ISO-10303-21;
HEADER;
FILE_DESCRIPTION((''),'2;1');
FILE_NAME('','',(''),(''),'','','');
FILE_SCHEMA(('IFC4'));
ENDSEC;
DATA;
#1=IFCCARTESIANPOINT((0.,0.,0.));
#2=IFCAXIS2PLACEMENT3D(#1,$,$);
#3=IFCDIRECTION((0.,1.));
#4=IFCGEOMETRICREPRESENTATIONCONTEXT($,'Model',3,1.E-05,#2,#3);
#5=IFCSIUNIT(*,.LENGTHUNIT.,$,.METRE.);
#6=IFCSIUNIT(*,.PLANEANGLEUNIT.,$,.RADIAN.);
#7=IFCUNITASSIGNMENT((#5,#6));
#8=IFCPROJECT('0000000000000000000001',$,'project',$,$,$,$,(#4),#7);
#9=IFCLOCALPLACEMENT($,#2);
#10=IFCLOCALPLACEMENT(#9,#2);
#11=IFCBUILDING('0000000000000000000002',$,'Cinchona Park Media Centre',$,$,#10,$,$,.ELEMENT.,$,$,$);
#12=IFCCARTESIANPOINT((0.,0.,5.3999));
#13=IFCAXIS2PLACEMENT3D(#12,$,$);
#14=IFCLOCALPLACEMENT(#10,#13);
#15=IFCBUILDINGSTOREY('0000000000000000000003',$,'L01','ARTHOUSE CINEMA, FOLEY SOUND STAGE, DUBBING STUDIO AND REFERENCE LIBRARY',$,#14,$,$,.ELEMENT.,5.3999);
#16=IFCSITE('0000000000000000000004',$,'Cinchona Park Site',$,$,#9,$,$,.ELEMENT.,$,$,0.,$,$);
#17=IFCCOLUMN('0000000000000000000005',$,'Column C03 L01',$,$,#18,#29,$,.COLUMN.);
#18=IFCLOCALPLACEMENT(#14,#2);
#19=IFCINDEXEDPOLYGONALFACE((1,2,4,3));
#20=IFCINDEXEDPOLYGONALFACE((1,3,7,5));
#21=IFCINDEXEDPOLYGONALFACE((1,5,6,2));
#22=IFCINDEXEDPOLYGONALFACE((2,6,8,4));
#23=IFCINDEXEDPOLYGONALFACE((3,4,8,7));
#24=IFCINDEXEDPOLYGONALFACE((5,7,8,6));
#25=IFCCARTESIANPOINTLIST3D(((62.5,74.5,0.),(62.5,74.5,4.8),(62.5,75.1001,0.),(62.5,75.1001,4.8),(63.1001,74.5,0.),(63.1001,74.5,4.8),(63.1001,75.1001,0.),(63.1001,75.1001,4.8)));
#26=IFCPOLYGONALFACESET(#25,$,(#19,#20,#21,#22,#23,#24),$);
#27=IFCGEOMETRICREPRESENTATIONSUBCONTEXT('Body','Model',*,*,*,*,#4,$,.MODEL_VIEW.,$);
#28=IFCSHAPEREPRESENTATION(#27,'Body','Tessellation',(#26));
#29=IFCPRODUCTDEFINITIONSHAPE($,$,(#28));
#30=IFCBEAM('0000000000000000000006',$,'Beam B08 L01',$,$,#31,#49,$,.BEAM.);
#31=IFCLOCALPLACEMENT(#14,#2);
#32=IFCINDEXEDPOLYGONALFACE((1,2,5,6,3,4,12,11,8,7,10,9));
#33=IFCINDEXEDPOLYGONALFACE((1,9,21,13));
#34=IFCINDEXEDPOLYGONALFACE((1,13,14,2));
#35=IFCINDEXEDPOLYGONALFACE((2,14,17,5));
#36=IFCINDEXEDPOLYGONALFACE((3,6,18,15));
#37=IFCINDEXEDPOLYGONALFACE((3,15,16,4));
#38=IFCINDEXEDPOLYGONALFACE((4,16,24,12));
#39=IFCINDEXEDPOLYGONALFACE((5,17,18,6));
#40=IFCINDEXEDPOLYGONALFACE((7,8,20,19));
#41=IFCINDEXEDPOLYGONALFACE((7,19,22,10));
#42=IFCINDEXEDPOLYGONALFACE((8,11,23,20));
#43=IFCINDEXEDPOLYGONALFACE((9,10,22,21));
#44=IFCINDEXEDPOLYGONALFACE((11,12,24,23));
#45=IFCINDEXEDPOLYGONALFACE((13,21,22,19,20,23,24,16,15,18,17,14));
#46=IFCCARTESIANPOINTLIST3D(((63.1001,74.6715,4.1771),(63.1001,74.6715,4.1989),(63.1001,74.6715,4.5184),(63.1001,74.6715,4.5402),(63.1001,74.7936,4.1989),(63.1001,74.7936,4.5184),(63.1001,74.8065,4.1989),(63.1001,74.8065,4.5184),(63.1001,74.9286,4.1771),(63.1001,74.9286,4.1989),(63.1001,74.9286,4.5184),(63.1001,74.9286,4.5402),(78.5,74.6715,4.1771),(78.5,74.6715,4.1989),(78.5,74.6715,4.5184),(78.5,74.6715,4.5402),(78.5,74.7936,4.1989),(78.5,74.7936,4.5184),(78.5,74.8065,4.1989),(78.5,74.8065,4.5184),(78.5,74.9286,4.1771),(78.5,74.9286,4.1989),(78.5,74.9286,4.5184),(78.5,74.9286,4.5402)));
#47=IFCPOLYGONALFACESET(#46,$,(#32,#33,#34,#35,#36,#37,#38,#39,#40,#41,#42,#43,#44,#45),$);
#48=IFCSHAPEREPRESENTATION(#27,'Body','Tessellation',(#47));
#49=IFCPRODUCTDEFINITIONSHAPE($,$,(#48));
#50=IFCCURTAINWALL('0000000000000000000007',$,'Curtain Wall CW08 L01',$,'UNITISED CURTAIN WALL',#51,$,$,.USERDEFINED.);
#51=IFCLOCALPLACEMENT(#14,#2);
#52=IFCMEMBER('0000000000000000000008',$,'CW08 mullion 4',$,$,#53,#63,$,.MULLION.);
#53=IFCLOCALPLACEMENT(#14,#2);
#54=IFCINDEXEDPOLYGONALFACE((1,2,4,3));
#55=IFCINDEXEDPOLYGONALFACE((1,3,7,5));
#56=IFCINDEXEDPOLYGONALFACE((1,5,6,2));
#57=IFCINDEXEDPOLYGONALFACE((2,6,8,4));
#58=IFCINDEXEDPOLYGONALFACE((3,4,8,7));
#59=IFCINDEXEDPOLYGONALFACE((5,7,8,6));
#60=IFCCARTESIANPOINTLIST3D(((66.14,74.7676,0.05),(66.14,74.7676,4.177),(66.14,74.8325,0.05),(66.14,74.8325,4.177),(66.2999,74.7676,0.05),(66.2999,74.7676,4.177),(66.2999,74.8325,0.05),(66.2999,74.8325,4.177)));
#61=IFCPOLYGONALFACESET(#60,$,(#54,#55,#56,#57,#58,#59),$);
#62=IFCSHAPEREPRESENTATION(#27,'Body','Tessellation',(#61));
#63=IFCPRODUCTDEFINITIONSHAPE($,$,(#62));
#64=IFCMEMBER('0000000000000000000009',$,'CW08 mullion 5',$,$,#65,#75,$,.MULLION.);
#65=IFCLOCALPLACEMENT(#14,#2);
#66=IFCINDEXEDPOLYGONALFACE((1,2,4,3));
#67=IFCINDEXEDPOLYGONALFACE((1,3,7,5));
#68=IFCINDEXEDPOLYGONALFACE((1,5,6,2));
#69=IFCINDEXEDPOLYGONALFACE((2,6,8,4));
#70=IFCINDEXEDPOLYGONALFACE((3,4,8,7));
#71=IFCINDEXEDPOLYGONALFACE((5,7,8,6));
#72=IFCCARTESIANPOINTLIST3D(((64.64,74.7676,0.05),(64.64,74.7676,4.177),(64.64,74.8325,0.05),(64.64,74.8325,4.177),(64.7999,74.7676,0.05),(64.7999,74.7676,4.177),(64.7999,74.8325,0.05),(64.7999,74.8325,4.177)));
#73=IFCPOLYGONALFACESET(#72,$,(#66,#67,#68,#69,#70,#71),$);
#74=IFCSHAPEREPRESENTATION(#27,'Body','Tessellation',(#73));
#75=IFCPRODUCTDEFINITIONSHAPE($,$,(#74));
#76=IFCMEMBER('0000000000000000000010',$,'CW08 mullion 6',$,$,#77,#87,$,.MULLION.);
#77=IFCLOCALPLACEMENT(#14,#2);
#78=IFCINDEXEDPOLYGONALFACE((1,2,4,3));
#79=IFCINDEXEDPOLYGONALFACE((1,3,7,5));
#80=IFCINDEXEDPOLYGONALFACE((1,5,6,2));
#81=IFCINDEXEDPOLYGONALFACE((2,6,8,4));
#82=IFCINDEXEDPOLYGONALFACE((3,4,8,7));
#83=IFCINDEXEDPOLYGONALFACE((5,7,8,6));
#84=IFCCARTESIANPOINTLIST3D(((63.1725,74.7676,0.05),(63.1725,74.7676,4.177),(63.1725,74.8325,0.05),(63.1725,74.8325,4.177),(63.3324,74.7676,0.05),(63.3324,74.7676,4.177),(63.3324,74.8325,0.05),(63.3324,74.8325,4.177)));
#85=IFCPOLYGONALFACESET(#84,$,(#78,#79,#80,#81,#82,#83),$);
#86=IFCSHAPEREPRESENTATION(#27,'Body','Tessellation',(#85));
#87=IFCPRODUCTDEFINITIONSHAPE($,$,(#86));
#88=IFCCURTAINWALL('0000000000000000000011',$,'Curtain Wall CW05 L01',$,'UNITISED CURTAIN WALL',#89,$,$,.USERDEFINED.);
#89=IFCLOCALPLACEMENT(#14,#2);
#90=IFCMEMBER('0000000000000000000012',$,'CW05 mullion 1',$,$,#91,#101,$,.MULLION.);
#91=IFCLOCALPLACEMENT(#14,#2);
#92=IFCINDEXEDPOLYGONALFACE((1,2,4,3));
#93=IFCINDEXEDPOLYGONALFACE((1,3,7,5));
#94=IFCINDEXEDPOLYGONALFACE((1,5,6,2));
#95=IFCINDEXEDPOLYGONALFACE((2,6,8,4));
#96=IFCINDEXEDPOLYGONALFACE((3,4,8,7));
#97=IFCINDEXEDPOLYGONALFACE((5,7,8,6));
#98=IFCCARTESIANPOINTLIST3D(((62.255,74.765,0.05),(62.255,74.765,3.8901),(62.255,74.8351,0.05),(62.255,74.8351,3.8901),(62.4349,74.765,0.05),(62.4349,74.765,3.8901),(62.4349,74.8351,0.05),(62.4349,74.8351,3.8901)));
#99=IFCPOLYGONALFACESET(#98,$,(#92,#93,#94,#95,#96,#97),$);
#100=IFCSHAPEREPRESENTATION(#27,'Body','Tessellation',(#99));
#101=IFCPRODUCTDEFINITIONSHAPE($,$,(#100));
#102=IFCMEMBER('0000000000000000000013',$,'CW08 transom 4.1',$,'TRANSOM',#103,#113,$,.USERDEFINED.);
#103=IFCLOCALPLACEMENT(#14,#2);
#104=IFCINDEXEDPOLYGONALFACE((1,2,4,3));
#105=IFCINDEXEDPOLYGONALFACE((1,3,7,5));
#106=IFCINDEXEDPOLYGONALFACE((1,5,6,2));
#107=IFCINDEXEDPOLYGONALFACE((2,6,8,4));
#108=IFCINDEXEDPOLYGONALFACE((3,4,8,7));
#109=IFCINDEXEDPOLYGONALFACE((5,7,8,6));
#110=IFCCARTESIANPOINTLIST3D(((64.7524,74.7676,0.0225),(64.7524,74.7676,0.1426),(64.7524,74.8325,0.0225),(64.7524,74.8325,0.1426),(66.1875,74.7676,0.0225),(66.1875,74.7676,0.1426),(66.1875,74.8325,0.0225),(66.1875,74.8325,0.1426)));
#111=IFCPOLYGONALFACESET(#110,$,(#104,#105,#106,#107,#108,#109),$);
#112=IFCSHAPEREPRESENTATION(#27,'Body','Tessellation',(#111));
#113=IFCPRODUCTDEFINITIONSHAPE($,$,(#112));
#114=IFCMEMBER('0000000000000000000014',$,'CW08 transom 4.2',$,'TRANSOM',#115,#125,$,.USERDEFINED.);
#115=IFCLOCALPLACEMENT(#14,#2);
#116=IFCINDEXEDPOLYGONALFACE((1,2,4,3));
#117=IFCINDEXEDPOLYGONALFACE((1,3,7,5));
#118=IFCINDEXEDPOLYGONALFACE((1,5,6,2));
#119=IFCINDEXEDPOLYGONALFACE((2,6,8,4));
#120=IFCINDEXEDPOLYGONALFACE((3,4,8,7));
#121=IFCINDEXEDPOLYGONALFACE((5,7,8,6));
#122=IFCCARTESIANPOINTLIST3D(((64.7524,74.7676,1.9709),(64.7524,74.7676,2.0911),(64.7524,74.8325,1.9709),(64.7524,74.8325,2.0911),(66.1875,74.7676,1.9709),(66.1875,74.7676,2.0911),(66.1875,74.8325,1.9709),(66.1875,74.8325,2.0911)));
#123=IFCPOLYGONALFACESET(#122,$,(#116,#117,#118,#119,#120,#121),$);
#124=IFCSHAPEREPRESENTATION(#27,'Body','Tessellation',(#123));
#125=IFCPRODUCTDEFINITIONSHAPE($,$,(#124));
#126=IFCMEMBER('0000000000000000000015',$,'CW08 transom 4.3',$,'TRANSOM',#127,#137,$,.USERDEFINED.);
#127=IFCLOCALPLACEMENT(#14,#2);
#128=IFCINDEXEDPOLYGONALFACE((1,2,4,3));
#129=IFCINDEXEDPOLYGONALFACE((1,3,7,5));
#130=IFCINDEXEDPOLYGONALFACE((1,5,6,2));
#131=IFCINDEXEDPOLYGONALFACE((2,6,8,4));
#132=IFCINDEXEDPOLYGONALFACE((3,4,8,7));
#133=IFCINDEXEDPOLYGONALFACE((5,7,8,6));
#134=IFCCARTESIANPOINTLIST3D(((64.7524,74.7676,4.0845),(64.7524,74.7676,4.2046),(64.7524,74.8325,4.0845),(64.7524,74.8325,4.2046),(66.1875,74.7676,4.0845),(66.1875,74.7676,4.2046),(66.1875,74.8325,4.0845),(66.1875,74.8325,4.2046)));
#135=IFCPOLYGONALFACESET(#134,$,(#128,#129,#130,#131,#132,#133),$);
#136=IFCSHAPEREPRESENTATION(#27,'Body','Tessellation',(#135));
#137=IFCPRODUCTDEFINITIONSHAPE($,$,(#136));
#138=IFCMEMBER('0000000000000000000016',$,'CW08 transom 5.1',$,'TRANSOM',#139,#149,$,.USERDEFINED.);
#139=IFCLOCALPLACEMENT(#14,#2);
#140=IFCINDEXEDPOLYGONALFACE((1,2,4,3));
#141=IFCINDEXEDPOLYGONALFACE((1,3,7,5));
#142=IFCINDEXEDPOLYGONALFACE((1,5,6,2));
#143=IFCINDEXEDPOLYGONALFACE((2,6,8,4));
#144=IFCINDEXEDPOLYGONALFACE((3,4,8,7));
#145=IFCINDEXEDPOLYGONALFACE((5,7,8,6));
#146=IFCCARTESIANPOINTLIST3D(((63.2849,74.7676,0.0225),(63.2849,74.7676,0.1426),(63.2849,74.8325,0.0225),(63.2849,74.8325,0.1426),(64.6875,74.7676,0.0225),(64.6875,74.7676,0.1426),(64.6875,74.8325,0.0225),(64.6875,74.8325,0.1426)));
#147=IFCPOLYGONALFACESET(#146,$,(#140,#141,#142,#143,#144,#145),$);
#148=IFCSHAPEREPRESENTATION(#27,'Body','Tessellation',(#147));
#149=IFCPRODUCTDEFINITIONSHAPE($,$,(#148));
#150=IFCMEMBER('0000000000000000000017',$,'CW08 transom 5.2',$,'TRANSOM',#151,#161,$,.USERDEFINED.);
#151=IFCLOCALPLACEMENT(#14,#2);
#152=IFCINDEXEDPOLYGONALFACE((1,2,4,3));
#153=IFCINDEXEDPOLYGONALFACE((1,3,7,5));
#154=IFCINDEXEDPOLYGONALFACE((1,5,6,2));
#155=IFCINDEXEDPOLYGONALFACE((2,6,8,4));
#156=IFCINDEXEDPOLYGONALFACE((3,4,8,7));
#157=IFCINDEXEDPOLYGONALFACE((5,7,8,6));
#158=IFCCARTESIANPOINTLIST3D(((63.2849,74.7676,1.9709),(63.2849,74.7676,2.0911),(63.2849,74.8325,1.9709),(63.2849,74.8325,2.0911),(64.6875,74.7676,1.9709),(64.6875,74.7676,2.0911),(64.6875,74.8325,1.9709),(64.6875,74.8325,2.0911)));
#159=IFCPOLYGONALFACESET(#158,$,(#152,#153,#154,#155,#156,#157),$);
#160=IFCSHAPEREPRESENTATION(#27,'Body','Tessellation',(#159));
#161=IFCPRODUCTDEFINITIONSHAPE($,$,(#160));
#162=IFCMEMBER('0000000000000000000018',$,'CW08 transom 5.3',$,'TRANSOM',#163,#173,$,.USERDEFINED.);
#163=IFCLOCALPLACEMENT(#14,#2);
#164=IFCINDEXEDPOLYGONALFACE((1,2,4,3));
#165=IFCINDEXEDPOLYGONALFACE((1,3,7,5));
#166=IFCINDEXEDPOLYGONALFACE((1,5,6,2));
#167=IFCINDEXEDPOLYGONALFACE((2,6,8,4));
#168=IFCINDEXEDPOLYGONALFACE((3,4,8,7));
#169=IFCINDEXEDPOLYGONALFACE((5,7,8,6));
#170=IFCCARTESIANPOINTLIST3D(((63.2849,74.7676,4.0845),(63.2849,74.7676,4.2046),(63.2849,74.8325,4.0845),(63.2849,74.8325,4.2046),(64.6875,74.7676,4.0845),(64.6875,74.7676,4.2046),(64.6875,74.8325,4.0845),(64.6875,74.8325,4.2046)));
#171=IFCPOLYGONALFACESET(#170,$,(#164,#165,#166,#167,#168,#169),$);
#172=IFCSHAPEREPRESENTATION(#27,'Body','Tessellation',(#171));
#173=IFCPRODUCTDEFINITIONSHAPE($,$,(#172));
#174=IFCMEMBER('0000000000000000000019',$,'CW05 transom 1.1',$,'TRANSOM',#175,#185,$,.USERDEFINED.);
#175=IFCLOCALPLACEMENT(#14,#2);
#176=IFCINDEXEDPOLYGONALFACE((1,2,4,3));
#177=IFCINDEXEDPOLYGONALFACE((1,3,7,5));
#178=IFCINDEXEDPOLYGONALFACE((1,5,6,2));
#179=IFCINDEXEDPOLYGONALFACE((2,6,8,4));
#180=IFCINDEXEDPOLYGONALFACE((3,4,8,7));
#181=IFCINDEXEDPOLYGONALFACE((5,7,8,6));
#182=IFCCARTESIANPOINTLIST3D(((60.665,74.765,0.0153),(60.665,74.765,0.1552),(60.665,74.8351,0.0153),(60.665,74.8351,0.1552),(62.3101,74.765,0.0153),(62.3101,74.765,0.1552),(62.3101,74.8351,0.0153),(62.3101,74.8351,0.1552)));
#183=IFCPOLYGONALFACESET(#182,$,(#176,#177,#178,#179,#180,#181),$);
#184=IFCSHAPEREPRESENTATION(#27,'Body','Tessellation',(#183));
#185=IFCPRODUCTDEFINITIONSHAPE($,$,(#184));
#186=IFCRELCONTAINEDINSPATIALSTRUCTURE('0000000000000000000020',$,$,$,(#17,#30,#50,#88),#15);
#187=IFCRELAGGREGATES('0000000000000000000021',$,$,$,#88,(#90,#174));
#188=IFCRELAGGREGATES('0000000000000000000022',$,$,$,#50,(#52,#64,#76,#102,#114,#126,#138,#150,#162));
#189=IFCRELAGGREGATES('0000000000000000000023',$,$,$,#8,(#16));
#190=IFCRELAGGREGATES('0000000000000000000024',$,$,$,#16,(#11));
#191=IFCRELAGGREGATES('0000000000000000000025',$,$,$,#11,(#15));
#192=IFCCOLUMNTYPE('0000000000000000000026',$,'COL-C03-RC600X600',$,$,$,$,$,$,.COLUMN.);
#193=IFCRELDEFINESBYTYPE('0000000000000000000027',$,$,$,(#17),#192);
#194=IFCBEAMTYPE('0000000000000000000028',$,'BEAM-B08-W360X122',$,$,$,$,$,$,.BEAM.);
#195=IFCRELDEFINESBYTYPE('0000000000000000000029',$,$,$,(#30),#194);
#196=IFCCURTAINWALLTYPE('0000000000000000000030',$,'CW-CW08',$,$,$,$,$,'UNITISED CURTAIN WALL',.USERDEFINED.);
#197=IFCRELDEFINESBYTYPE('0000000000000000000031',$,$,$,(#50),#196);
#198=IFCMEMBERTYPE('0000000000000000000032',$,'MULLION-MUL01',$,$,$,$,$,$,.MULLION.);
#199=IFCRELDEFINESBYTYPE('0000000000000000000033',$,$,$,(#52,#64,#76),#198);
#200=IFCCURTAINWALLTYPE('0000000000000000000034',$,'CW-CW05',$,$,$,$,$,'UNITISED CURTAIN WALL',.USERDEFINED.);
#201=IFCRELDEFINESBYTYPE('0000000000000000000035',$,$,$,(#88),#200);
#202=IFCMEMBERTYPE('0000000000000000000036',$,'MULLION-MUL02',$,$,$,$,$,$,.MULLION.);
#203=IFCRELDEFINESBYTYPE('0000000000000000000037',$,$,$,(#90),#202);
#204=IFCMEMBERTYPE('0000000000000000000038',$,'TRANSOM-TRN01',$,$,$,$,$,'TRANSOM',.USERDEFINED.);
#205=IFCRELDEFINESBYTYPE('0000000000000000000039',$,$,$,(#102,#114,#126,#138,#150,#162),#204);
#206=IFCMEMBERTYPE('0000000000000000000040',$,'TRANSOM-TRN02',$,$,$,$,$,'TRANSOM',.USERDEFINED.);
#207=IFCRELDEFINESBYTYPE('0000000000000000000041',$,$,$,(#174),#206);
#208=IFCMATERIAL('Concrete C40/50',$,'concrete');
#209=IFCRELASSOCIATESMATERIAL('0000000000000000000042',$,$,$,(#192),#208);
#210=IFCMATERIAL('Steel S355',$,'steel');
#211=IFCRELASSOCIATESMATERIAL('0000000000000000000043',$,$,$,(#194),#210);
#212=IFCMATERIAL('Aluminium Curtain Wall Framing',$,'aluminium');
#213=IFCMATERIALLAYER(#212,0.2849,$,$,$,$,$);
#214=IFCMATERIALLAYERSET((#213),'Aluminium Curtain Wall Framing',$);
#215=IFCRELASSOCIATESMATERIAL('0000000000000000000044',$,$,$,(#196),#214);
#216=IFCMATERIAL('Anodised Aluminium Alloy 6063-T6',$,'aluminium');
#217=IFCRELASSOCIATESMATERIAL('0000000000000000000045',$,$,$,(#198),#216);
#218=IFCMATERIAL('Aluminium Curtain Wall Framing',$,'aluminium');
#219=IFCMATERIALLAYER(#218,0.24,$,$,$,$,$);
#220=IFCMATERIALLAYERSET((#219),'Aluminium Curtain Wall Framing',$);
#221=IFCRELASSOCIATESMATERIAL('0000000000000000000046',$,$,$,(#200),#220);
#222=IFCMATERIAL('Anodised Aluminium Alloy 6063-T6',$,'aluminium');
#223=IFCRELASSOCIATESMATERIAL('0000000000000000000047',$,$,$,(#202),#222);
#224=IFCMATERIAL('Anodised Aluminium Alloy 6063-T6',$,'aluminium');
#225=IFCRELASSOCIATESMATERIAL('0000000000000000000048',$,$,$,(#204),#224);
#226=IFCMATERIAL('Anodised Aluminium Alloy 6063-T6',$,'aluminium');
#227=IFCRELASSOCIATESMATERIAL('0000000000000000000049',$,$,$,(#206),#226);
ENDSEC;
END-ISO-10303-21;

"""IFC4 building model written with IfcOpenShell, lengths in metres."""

from ifc_helpers import new_model, si_unit, direction, frame, origin, origin_2d, place, context, subcontext, project, spatial, rectangle, i_section, extrude, material, layer, layer_set, material_profile, profile_set, type_object, element, aggregate, save


model = new_model("IFC4")

# Units and contexts
model_context = context("Model", 3, precision=1e-05, world=origin(), true_north=direction((0.0, 1.0)))
body_context = subcontext(model_context, "Body", "Model", "MODEL_VIEW")
ifc_project = project(units=[si_unit("LENGTHUNIT", "METRE"), si_unit("PLANEANGLEUNIT", "RADIAN")], contexts=[model_context])

# Site, building, storey
site_placement = place(None, origin())
site = spatial("IfcSite", under=ifc_project, at=site_placement, Name="Cinchona Park Site", CompositionType="ELEMENT", RefElevation=0.0)
building_placement = place(site_placement, origin())
building = spatial("IfcBuilding", under=site, at=building_placement, Name="Cinchona Park Media Centre", CompositionType="ELEMENT")
storey_placement = place(building_placement, frame((0.0, 0.0, 5.3999)))
storey = spatial("IfcBuildingStorey", under=building, at=storey_placement, Name="L01", Description="ARTHOUSE CINEMA, FOLEY SOUND STAGE, DUBBING STUDIO AND REFERENCE LIBRARY", CompositionType="ELEMENT", Elevation=5.3999)

# Column
ifc_material_1 = material(Name="Concrete C40/50", Category="concrete")
ifc_material_profile_1 = material_profile(ifc_material_1, rectangle(XDim=0.6001, YDim=0.6001, at=origin_2d()), Name="RC 600X600")
ifc_profile_set_1 = profile_set([ifc_material_profile_1], Name="Concrete C40/50")
column_type = type_object("IfcColumnType", Name="COL-C03-RC600X600", PredefinedType="COLUMN", material=ifc_profile_set_1)
column_placement = place(storey_placement, frame((62.8, 74.8, 0.0), z_axis=(0.0, 0.0, 1.0), x_axis=(1.0, 0.0, 0.0)))
element("IfcColumn", 1, at=column_placement, inside=storey, type_object=column_type, Name="Column C03 L01", PredefinedType="COLUMN", context=body_context, shape_type="SweptSolid", body=[
    extrude(rectangle(XDim=0.6001, YDim=0.6001, at=origin_2d()), origin(), (0.0, 0.0, 1.0), 4.8),
])

# Beam
ifc_material_2 = material(Name="Steel S355", Category="steel")
ifc_material_profile_2 = material_profile(ifc_material_2, i_section(OverallWidth=0.2571, OverallDepth=0.363, WebThickness=0.0129, FlangeThickness=0.0217, at=origin_2d()), Name="W360X122")
ifc_profile_set_2 = profile_set([ifc_material_profile_2], Name="Steel S355")
beam_type = type_object("IfcBeamType", Name="BEAM-B08-W360X122", PredefinedType="BEAM", material=ifc_profile_set_2)
beam_placement = place(storey_placement, frame((63.1001, 74.8, 4.3586), z_axis=(1.0, 0.0, 0.0), x_axis=(0.0, 1.0, 0.0)))
element("IfcBeam", 2, at=beam_placement, inside=storey, type_object=beam_type, Name="Beam B08 L01", PredefinedType="BEAM", context=body_context, shape_type="SweptSolid", body=[
    extrude(i_section(OverallWidth=0.2571, OverallDepth=0.363, WebThickness=0.0129, FlangeThickness=0.0217, at=origin_2d()), origin(), (0.0, 0.0, 1.0), 15.3999),
])

# Curtain wall, members
ifc_material_3 = material(Name="Aluminium Curtain Wall Framing", Category="aluminium")
ifc_layer_1 = layer(ifc_material_3, 0.2849)
ifc_layer_set_1 = layer_set([ifc_layer_1], Name="Aluminium Curtain Wall Framing")
curtain_wall_type_1 = type_object("IfcCurtainWallType", Name="CW-CW08", ElementType="UNITISED CURTAIN WALL", PredefinedType="USERDEFINED", material=ifc_layer_set_1)
curtain_wall_1_placement = place(storey_placement, origin())
curtain_wall_1 = element("IfcCurtainWall", 3, at=curtain_wall_1_placement, inside=storey, type_object=curtain_wall_type_1, Name="Curtain Wall CW08 L01", ObjectType="UNITISED CURTAIN WALL", PredefinedType="USERDEFINED")
ifc_material_4 = material(Name="Anodised Aluminium Alloy 6063-T6", Category="aluminium")
ifc_material_profile_3 = material_profile(ifc_material_4, rectangle(XDim=0.0649, YDim=0.1599, at=origin_2d()), Name="MUL-65X160")
ifc_profile_set_3 = profile_set([ifc_material_profile_3], Name="Anodised Aluminium Alloy 6063-T6")
member_type_1 = type_object("IfcMemberType", Name="MULLION-MUL01", PredefinedType="MULLION", material=ifc_profile_set_3)
member_1_placement = place(storey_placement, frame((66.22, 74.8, 0.05), z_axis=(0.0, 0.0, 1.0), x_axis=(0.0, -1.0, 0.0)))
member_1 = element("IfcMember", 4, at=member_1_placement, type_object=member_type_1, Name="CW08 mullion 4", PredefinedType="MULLION", context=body_context, shape_type="SweptSolid", body=[
    extrude(rectangle(XDim=0.0649, YDim=0.1599, at=origin_2d()), origin(), (0.0, 0.0, 1.0), 4.127),
])
member_2_placement = place(storey_placement, frame((64.72, 74.8, 0.05), z_axis=(0.0, 0.0, 1.0), x_axis=(0.0, -1.0, 0.0)))
member_2 = element("IfcMember", 5, at=member_2_placement, type_object=member_type_1, Name="CW08 mullion 5", PredefinedType="MULLION", context=body_context, shape_type="SweptSolid", body=[
    extrude(rectangle(XDim=0.0649, YDim=0.1599, at=origin_2d()), origin(), (0.0, 0.0, 1.0), 4.127),
])
member_3_placement = place(storey_placement, frame((63.2524, 74.8, 0.05), z_axis=(0.0, 0.0, 1.0), x_axis=(0.0, -1.0, 0.0)))
member_3 = element("IfcMember", 6, at=member_3_placement, type_object=member_type_1, Name="CW08 mullion 6", PredefinedType="MULLION", context=body_context, shape_type="SweptSolid", body=[
    extrude(rectangle(XDim=0.0649, YDim=0.1599, at=origin_2d()), origin(), (0.0, 0.0, 1.0), 4.127),
])

# Curtain wall, member
ifc_material_5 = material(Name="Aluminium Curtain Wall Framing", Category="aluminium")
ifc_layer_2 = layer(ifc_material_5, 0.24)
ifc_layer_set_2 = layer_set([ifc_layer_2], Name="Aluminium Curtain Wall Framing")
curtain_wall_type_2 = type_object("IfcCurtainWallType", Name="CW-CW05", ElementType="UNITISED CURTAIN WALL", PredefinedType="USERDEFINED", material=ifc_layer_set_2)
curtain_wall_2_placement = place(storey_placement, origin())
curtain_wall_2 = element("IfcCurtainWall", 7, at=curtain_wall_2_placement, inside=storey, type_object=curtain_wall_type_2, Name="Curtain Wall CW05 L01", ObjectType="UNITISED CURTAIN WALL", PredefinedType="USERDEFINED")
ifc_material_6 = material(Name="Anodised Aluminium Alloy 6063-T6", Category="aluminium")
ifc_material_profile_4 = material_profile(ifc_material_6, rectangle(XDim=0.0701, YDim=0.1799, at=origin_2d()), Name="MUL-70X180")
ifc_profile_set_4 = profile_set([ifc_material_profile_4], Name="Anodised Aluminium Alloy 6063-T6")
member_type_2 = type_object("IfcMemberType", Name="MULLION-MUL02", PredefinedType="MULLION", material=ifc_profile_set_4)
member_4_placement = place(storey_placement, frame((62.345, 74.8, 0.05), z_axis=(0.0, 0.0, 1.0), x_axis=(0.0, -1.0, 0.0)))
member_4 = element("IfcMember", 8, at=member_4_placement, type_object=member_type_2, Name="CW05 mullion 1", PredefinedType="MULLION", context=body_context, shape_type="SweptSolid", body=[
    extrude(rectangle(XDim=0.0701, YDim=0.1799, at=origin_2d()), origin(), (0.0, 0.0, 1.0), 3.8401),
])

# Members
ifc_material_7 = material(Name="Anodised Aluminium Alloy 6063-T6", Category="aluminium")
ifc_material_profile_5 = material_profile(ifc_material_7, rectangle(XDim=0.0649, YDim=0.1201, at=origin_2d()), Name="TRN-65X120")
ifc_profile_set_5 = profile_set([ifc_material_profile_5], Name="Anodised Aluminium Alloy 6063-T6")
member_type_3 = type_object("IfcMemberType", Name="TRANSOM-TRN01", ElementType="TRANSOM", PredefinedType="USERDEFINED", material=ifc_profile_set_5)
member_5_placement = place(storey_placement, frame((66.1875, 74.8, 0.0825), z_axis=(-1.0, 0.0, 0.0), x_axis=(0.0, -1.0, 0.0)))
member_5 = element("IfcMember", 9, at=member_5_placement, type_object=member_type_3, Name="CW08 transom 4.1", ObjectType="TRANSOM", PredefinedType="USERDEFINED", context=body_context, shape_type="SweptSolid", body=[
    extrude(rectangle(XDim=0.0649, YDim=0.1201, at=origin_2d()), origin(), (0.0, 0.0, 1.0), 1.4351),
])
member_6_placement = place(storey_placement, frame((66.1875, 74.8, 2.031), z_axis=(-1.0, 0.0, 0.0), x_axis=(0.0, -1.0, 0.0)))
member_6 = element("IfcMember", 10, at=member_6_placement, type_object=member_type_3, Name="CW08 transom 4.2", ObjectType="TRANSOM", PredefinedType="USERDEFINED", context=body_context, shape_type="SweptSolid", body=[
    extrude(rectangle(XDim=0.0649, YDim=0.1201, at=origin_2d()), origin(), (0.0, 0.0, 1.0), 1.4351),
])
member_7_placement = place(storey_placement, frame((66.1875, 74.8, 4.1445), z_axis=(-1.0, 0.0, 0.0), x_axis=(0.0, -1.0, 0.0)))
member_7 = element("IfcMember", 11, at=member_7_placement, type_object=member_type_3, Name="CW08 transom 4.3", ObjectType="TRANSOM", PredefinedType="USERDEFINED", context=body_context, shape_type="SweptSolid", body=[
    extrude(rectangle(XDim=0.0649, YDim=0.1201, at=origin_2d()), origin(), (0.0, 0.0, 1.0), 1.4351),
])
member_8_placement = place(storey_placement, frame((64.6875, 74.8, 0.0825), z_axis=(-1.0, 0.0, 0.0), x_axis=(0.0, -1.0, 0.0)))
member_8 = element("IfcMember", 12, at=member_8_placement, type_object=member_type_3, Name="CW08 transom 5.1", ObjectType="TRANSOM", PredefinedType="USERDEFINED", context=body_context, shape_type="SweptSolid", body=[
    extrude(rectangle(XDim=0.0649, YDim=0.1201, at=origin_2d()), origin(), (0.0, 0.0, 1.0), 1.4026),
])
member_9_placement = place(storey_placement, frame((64.6875, 74.8, 2.031), z_axis=(-1.0, 0.0, 0.0), x_axis=(0.0, -1.0, 0.0)))
member_9 = element("IfcMember", 13, at=member_9_placement, type_object=member_type_3, Name="CW08 transom 5.2", ObjectType="TRANSOM", PredefinedType="USERDEFINED", context=body_context, shape_type="SweptSolid", body=[
    extrude(rectangle(XDim=0.0649, YDim=0.1201, at=origin_2d()), origin(), (0.0, 0.0, 1.0), 1.4026),
])
member_10_placement = place(storey_placement, frame((64.6875, 74.8, 4.1445), z_axis=(-1.0, 0.0, 0.0), x_axis=(0.0, -1.0, 0.0)))
member_10 = element("IfcMember", 14, at=member_10_placement, type_object=member_type_3, Name="CW08 transom 5.3", ObjectType="TRANSOM", PredefinedType="USERDEFINED", context=body_context, shape_type="SweptSolid", body=[
    extrude(rectangle(XDim=0.0649, YDim=0.1201, at=origin_2d()), origin(), (0.0, 0.0, 1.0), 1.4026),
])
ifc_material_8 = material(Name="Anodised Aluminium Alloy 6063-T6", Category="aluminium")
ifc_material_profile_6 = material_profile(ifc_material_8, rectangle(XDim=0.0701, YDim=0.1399, at=origin_2d()), Name="TRN-70X140")
ifc_profile_set_6 = profile_set([ifc_material_profile_6], Name="Anodised Aluminium Alloy 6063-T6")
member_type_4 = type_object("IfcMemberType", Name="TRANSOM-TRN02", ElementType="TRANSOM", PredefinedType="USERDEFINED", material=ifc_profile_set_6)
member_11_placement = place(storey_placement, frame((62.3101, 74.8, 0.0852), z_axis=(-1.0, 0.0, 0.0), x_axis=(0.0, -1.0, 0.0)))
member_11 = element("IfcMember", 15, at=member_11_placement, type_object=member_type_4, Name="CW05 transom 1.1", ObjectType="TRANSOM", PredefinedType="USERDEFINED", context=body_context, shape_type="SweptSolid", body=[
    extrude(rectangle(XDim=0.0701, YDim=0.1399, at=origin_2d()), origin(), (0.0, 0.0, 1.0), 1.645),
])
aggregate(curtain_wall_2, [member_4, member_11])

aggregate(curtain_wall_1, [member_1, member_2, member_3, member_5, member_6, member_7, member_8, member_9, member_10])

save(model, "model.ifc")
